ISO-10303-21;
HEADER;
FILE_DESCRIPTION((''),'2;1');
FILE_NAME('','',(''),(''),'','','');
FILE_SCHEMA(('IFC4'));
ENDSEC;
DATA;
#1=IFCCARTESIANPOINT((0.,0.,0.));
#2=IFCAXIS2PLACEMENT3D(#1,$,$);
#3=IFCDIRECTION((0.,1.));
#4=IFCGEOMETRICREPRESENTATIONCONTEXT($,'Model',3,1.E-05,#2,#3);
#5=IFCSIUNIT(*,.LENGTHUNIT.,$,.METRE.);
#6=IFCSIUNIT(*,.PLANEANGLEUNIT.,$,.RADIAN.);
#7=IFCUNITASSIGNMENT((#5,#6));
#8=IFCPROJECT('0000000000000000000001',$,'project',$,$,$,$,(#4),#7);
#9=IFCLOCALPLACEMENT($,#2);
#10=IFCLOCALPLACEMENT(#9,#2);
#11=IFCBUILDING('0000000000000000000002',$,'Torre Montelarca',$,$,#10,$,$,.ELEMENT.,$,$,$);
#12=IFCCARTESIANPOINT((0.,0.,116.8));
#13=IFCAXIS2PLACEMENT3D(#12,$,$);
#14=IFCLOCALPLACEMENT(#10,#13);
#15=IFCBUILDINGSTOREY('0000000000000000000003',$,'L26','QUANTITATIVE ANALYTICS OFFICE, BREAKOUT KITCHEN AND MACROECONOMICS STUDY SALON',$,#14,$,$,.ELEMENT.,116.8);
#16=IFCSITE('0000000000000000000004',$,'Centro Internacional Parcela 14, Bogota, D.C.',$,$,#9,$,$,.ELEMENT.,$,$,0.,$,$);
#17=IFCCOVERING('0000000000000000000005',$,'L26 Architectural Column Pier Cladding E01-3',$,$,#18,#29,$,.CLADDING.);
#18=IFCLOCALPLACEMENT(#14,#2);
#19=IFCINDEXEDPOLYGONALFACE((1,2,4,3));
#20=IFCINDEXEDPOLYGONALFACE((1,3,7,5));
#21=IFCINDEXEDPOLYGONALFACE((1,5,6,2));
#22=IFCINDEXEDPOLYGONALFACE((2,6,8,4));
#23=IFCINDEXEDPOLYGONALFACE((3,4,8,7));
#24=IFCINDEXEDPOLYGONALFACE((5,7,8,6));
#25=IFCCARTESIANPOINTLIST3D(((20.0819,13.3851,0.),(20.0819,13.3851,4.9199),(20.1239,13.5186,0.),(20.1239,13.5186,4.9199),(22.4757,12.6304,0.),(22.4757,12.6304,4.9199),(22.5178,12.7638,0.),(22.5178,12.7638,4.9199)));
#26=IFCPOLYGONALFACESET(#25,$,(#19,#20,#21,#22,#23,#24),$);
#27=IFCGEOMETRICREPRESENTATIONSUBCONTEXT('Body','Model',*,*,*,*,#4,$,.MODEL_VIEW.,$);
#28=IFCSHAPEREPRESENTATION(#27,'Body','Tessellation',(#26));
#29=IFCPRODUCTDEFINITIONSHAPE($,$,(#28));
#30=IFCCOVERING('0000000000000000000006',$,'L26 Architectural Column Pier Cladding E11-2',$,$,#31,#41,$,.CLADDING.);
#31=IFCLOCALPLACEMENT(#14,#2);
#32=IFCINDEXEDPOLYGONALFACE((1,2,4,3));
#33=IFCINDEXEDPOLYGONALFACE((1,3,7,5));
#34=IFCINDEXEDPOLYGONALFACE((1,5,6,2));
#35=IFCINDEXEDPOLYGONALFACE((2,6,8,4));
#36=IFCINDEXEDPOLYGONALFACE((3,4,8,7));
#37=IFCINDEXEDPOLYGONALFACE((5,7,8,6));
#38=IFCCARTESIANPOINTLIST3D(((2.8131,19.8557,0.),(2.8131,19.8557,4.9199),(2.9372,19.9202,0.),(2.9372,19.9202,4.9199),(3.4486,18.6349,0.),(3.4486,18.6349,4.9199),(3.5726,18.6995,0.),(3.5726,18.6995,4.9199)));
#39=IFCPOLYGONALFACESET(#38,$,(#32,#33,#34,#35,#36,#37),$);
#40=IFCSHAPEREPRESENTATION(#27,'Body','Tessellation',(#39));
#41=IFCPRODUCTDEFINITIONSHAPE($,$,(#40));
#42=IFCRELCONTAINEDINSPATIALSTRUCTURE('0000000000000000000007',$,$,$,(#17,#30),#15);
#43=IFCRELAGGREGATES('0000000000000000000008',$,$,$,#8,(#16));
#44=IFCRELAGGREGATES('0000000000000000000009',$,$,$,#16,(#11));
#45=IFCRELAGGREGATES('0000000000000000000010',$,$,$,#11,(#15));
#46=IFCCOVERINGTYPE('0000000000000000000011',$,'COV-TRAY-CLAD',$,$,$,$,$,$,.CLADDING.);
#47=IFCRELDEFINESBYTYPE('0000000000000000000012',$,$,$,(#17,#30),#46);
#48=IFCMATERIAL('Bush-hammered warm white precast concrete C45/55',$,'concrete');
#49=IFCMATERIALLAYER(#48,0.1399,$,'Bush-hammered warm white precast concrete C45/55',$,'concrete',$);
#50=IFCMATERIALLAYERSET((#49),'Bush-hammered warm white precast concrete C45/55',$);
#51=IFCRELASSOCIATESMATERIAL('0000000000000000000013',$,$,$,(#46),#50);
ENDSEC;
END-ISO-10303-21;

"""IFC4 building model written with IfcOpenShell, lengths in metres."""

from ifc_helpers import new_model, si_unit, direction, frame, origin, origin_2d, place, context, subcontext, project, spatial, rectangle, extrude, source, transform, mapped, material, layer, layer_set, type_object, element, save


model = new_model("IFC4")

# Units and contexts
model_context = context("Model", 3, precision=1e-05, world=origin(), true_north=direction((0.0, 1.0)))
body_context = subcontext(model_context, "Body", "Model", "MODEL_VIEW")
ifc_project = project(units=[si_unit("LENGTHUNIT", "METRE"), si_unit("PLANEANGLEUNIT", "RADIAN")], contexts=[model_context])

# Site, building, storey
site_placement = place(None, origin())
site = spatial("IfcSite", under=ifc_project, at=site_placement, Name="Centro Internacional Parcela 14, Bogota, D.C.", CompositionType="ELEMENT", RefElevation=0.0)
building_placement = place(site_placement, origin())
building = spatial("IfcBuilding", under=site, at=building_placement, Name="Torre Montelarca", CompositionType="ELEMENT")
storey_placement = place(building_placement, frame((0.0, 0.0, 116.8)))
storey = spatial("IfcBuildingStorey", under=building, at=storey_placement, Name="L26", Description="QUANTITATIVE ANALYTICS OFFICE, BREAKOUT KITCHEN AND MACROECONOMICS STUDY SALON", CompositionType="ELEMENT", Elevation=116.8)

# Coverings
ifc_material_1 = material(Name="Bush-hammered warm white precast concrete C45/55", Category="concrete")
ifc_layer_1 = layer(ifc_material_1, 0.1399, Name="Bush-hammered warm white precast concrete C45/55", Category="concrete")
ifc_layer_set_1 = layer_set([ifc_layer_1], Name="Bush-hammered warm white precast concrete C45/55")
covering_type_1 = type_object("IfcCoveringType", Name="COV-TRAY-CLAD", PredefinedType="CLADDING", material=ifc_layer_set_1)
shared_shape_1 = source(origin(), body_context, "Body", "SweptSolid", [
    extrude(rectangle(XDim=2.51, YDim=0.1399, at=origin_2d()), origin(), (0.0, 0.0, 1.0), 4.9199),
])
covering_1_placement = place(storey_placement, frame((21.2998, 13.0745, 0.0), z_axis=(0.0, 0.0, 1.0), x_axis=(0.953717, -0.300704, 0.0)))
element("IfcCovering", 1, at=covering_1_placement, inside=storey, type_object=covering_type_1, Name="L26 Architectural Column Pier Cladding E01-3", PredefinedType="CLADDING", context=body_context, shape_type="MappedRepresentation", body=[
    mapped(shared_shape_1, transform((0.0, 0.0, 0.0), scale=1.0)),
])
shared_shape_2 = source(origin(), body_context, "Body", "SweptSolid", [
    extrude(rectangle(XDim=1.3762, YDim=0.1399, at=origin_2d()), origin(), (0.0, 0.0, 1.0), 4.9199),
])
covering_2_placement = place(storey_placement, frame((3.1929, 19.2776, 0.0), z_axis=(0.0, 0.0, 1.0), x_axis=(0.461749, -0.887011, 0.0)))
element("IfcCovering", 2, at=covering_2_placement, inside=storey, type_object=covering_type_1, Name="L26 Architectural Column Pier Cladding E11-2", PredefinedType="CLADDING", context=body_context, shape_type="MappedRepresentation", body=[
    mapped(shared_shape_2, transform((0.0, 0.0, 0.0), scale=1.0)),
])

save(model, "model.ifc")
